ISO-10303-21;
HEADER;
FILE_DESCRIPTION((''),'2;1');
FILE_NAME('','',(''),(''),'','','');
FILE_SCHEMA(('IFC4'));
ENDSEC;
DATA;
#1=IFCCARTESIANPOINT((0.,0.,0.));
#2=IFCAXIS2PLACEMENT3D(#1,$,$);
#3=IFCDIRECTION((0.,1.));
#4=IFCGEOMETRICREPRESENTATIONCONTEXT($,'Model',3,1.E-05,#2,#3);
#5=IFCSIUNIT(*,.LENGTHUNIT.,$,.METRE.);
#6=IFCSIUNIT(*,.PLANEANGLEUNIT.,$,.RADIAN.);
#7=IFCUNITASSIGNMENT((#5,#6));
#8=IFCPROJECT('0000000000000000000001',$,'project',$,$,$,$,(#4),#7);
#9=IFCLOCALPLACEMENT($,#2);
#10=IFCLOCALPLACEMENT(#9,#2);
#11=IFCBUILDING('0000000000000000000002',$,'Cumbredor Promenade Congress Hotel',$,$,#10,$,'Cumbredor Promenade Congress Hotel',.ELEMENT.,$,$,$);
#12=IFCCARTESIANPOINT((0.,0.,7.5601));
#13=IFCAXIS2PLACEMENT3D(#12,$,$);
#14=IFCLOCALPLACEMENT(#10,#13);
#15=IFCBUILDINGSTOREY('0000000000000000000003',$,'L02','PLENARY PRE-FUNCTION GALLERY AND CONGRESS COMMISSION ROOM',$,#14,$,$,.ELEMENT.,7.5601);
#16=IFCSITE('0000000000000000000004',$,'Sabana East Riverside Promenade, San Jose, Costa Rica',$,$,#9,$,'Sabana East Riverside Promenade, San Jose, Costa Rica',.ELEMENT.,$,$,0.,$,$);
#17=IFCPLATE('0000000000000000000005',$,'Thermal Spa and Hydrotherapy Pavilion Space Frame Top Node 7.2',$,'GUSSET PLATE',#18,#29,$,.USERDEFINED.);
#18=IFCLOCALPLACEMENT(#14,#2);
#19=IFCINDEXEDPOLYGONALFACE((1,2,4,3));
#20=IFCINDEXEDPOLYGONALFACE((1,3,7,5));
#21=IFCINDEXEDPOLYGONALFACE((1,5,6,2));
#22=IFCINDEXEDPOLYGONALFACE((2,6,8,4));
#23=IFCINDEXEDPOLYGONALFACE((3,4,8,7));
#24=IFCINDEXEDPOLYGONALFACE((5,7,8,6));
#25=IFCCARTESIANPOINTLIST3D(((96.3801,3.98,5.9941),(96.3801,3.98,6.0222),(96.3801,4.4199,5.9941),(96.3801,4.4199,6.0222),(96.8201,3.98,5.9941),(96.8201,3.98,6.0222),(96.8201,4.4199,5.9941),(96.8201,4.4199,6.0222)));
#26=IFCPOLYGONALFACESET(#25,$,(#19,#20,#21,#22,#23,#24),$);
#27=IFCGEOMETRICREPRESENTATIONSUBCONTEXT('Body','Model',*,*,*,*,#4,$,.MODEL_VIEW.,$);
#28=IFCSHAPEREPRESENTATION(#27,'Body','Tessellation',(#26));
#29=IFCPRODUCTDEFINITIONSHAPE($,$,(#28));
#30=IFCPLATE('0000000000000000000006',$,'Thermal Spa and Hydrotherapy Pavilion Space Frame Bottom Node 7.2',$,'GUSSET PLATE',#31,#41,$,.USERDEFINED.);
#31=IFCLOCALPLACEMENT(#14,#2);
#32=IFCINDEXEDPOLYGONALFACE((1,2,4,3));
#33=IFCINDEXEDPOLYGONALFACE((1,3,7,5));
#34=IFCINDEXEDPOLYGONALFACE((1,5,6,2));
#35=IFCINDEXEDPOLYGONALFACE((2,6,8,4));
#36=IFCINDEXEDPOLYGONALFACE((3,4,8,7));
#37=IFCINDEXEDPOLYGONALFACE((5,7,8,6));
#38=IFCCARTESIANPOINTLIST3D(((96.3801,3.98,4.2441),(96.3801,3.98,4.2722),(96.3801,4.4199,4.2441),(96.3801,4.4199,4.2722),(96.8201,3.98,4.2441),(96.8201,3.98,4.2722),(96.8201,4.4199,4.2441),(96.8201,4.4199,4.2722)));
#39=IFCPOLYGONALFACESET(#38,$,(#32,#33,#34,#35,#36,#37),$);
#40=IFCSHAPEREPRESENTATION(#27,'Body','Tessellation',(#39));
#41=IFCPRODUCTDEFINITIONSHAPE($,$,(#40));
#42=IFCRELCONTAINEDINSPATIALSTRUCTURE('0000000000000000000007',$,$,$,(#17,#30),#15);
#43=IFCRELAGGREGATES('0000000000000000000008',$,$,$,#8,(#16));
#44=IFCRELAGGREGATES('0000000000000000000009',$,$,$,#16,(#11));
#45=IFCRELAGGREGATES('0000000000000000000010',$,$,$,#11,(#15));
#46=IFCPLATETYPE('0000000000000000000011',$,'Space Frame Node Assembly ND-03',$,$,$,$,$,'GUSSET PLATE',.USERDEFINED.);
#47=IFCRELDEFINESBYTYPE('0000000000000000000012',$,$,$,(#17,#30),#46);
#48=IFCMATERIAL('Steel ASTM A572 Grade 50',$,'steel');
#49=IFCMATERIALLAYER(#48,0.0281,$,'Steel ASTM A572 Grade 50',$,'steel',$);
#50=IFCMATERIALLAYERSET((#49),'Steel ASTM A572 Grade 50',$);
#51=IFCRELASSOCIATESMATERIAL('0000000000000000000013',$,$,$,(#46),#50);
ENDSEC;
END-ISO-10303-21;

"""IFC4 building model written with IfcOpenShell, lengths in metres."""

from ifc_helpers import new_model, si_unit, direction, frame, origin, origin_2d, place, context, subcontext, project, spatial, rectangle, extrude, material, layer, layer_set, type_object, element, save


model = new_model("IFC4")

# Units and contexts
model_context = context("Model", 3, precision=1e-05, world=origin(), true_north=direction((0.0, 1.0)))
body_context = subcontext(model_context, "Body", "Model", "MODEL_VIEW")
ifc_project = project(units=[si_unit("LENGTHUNIT", "METRE"), si_unit("PLANEANGLEUNIT", "RADIAN")], contexts=[model_context])

# Site, building, storey
site_placement = place(None, origin())
site = spatial("IfcSite", under=ifc_project, at=site_placement, Name="Sabana East Riverside Promenade, San Jose, Costa Rica", LongName="Sabana East Riverside Promenade, San Jose, Costa Rica", CompositionType="ELEMENT", RefElevation=0.0)
building_placement = place(site_placement, origin())
building = spatial("IfcBuilding", under=site, at=building_placement, Name="Cumbredor Promenade Congress Hotel", LongName="Cumbredor Promenade Congress Hotel", CompositionType="ELEMENT")
storey_placement = place(building_placement, frame((0.0, 0.0, 7.5601)))
storey = spatial("IfcBuildingStorey", under=building, at=storey_placement, Name="L02", Description="PLENARY PRE-FUNCTION GALLERY AND CONGRESS COMMISSION ROOM", CompositionType="ELEMENT", Elevation=7.5601)

# Plates
ifc_material_1 = material(Name="Steel ASTM A572 Grade 50", Category="steel")
ifc_layer = layer(ifc_material_1, 0.0281, Name="Steel ASTM A572 Grade 50", Category="steel")
ifc_layer_set = layer_set([ifc_layer], Name="Steel ASTM A572 Grade 50")
plate_type = type_object("IfcPlateType", Name="Space Frame Node Assembly ND-03", ElementType="GUSSET PLATE", PredefinedType="USERDEFINED", material=ifc_layer_set)
for number, where, z_axis, x_axis, name in (
    (1, (96.6001, 4.2, 5.9941), (0.0, 0.0, 1.0), (1.0, 0.0, 0.0), "Thermal Spa and Hydrotherapy Pavilion Space Frame Top Node 7.2"),
    (2, (96.6001, 4.2, 4.2441), (0.0, 0.0, 1.0), (1.0, 0.0, 0.0), "Thermal Spa and Hydrotherapy Pavilion Space Frame Bottom Node 7.2"),
):
    element("IfcPlate", number, at=place(storey_placement, frame(where, z_axis=z_axis, x_axis=x_axis)), inside=storey, type_object=plate_type, Name=name, ObjectType="GUSSET PLATE", PredefinedType="USERDEFINED", context=body_context, shape_type="SweptSolid", body=[
        extrude(rectangle(XDim=0.4399, YDim=0.4399, at=origin_2d()), origin(), (0.0, 0.0, 1.0), 0.0281),
    ])

save(model, "model.ifc")
